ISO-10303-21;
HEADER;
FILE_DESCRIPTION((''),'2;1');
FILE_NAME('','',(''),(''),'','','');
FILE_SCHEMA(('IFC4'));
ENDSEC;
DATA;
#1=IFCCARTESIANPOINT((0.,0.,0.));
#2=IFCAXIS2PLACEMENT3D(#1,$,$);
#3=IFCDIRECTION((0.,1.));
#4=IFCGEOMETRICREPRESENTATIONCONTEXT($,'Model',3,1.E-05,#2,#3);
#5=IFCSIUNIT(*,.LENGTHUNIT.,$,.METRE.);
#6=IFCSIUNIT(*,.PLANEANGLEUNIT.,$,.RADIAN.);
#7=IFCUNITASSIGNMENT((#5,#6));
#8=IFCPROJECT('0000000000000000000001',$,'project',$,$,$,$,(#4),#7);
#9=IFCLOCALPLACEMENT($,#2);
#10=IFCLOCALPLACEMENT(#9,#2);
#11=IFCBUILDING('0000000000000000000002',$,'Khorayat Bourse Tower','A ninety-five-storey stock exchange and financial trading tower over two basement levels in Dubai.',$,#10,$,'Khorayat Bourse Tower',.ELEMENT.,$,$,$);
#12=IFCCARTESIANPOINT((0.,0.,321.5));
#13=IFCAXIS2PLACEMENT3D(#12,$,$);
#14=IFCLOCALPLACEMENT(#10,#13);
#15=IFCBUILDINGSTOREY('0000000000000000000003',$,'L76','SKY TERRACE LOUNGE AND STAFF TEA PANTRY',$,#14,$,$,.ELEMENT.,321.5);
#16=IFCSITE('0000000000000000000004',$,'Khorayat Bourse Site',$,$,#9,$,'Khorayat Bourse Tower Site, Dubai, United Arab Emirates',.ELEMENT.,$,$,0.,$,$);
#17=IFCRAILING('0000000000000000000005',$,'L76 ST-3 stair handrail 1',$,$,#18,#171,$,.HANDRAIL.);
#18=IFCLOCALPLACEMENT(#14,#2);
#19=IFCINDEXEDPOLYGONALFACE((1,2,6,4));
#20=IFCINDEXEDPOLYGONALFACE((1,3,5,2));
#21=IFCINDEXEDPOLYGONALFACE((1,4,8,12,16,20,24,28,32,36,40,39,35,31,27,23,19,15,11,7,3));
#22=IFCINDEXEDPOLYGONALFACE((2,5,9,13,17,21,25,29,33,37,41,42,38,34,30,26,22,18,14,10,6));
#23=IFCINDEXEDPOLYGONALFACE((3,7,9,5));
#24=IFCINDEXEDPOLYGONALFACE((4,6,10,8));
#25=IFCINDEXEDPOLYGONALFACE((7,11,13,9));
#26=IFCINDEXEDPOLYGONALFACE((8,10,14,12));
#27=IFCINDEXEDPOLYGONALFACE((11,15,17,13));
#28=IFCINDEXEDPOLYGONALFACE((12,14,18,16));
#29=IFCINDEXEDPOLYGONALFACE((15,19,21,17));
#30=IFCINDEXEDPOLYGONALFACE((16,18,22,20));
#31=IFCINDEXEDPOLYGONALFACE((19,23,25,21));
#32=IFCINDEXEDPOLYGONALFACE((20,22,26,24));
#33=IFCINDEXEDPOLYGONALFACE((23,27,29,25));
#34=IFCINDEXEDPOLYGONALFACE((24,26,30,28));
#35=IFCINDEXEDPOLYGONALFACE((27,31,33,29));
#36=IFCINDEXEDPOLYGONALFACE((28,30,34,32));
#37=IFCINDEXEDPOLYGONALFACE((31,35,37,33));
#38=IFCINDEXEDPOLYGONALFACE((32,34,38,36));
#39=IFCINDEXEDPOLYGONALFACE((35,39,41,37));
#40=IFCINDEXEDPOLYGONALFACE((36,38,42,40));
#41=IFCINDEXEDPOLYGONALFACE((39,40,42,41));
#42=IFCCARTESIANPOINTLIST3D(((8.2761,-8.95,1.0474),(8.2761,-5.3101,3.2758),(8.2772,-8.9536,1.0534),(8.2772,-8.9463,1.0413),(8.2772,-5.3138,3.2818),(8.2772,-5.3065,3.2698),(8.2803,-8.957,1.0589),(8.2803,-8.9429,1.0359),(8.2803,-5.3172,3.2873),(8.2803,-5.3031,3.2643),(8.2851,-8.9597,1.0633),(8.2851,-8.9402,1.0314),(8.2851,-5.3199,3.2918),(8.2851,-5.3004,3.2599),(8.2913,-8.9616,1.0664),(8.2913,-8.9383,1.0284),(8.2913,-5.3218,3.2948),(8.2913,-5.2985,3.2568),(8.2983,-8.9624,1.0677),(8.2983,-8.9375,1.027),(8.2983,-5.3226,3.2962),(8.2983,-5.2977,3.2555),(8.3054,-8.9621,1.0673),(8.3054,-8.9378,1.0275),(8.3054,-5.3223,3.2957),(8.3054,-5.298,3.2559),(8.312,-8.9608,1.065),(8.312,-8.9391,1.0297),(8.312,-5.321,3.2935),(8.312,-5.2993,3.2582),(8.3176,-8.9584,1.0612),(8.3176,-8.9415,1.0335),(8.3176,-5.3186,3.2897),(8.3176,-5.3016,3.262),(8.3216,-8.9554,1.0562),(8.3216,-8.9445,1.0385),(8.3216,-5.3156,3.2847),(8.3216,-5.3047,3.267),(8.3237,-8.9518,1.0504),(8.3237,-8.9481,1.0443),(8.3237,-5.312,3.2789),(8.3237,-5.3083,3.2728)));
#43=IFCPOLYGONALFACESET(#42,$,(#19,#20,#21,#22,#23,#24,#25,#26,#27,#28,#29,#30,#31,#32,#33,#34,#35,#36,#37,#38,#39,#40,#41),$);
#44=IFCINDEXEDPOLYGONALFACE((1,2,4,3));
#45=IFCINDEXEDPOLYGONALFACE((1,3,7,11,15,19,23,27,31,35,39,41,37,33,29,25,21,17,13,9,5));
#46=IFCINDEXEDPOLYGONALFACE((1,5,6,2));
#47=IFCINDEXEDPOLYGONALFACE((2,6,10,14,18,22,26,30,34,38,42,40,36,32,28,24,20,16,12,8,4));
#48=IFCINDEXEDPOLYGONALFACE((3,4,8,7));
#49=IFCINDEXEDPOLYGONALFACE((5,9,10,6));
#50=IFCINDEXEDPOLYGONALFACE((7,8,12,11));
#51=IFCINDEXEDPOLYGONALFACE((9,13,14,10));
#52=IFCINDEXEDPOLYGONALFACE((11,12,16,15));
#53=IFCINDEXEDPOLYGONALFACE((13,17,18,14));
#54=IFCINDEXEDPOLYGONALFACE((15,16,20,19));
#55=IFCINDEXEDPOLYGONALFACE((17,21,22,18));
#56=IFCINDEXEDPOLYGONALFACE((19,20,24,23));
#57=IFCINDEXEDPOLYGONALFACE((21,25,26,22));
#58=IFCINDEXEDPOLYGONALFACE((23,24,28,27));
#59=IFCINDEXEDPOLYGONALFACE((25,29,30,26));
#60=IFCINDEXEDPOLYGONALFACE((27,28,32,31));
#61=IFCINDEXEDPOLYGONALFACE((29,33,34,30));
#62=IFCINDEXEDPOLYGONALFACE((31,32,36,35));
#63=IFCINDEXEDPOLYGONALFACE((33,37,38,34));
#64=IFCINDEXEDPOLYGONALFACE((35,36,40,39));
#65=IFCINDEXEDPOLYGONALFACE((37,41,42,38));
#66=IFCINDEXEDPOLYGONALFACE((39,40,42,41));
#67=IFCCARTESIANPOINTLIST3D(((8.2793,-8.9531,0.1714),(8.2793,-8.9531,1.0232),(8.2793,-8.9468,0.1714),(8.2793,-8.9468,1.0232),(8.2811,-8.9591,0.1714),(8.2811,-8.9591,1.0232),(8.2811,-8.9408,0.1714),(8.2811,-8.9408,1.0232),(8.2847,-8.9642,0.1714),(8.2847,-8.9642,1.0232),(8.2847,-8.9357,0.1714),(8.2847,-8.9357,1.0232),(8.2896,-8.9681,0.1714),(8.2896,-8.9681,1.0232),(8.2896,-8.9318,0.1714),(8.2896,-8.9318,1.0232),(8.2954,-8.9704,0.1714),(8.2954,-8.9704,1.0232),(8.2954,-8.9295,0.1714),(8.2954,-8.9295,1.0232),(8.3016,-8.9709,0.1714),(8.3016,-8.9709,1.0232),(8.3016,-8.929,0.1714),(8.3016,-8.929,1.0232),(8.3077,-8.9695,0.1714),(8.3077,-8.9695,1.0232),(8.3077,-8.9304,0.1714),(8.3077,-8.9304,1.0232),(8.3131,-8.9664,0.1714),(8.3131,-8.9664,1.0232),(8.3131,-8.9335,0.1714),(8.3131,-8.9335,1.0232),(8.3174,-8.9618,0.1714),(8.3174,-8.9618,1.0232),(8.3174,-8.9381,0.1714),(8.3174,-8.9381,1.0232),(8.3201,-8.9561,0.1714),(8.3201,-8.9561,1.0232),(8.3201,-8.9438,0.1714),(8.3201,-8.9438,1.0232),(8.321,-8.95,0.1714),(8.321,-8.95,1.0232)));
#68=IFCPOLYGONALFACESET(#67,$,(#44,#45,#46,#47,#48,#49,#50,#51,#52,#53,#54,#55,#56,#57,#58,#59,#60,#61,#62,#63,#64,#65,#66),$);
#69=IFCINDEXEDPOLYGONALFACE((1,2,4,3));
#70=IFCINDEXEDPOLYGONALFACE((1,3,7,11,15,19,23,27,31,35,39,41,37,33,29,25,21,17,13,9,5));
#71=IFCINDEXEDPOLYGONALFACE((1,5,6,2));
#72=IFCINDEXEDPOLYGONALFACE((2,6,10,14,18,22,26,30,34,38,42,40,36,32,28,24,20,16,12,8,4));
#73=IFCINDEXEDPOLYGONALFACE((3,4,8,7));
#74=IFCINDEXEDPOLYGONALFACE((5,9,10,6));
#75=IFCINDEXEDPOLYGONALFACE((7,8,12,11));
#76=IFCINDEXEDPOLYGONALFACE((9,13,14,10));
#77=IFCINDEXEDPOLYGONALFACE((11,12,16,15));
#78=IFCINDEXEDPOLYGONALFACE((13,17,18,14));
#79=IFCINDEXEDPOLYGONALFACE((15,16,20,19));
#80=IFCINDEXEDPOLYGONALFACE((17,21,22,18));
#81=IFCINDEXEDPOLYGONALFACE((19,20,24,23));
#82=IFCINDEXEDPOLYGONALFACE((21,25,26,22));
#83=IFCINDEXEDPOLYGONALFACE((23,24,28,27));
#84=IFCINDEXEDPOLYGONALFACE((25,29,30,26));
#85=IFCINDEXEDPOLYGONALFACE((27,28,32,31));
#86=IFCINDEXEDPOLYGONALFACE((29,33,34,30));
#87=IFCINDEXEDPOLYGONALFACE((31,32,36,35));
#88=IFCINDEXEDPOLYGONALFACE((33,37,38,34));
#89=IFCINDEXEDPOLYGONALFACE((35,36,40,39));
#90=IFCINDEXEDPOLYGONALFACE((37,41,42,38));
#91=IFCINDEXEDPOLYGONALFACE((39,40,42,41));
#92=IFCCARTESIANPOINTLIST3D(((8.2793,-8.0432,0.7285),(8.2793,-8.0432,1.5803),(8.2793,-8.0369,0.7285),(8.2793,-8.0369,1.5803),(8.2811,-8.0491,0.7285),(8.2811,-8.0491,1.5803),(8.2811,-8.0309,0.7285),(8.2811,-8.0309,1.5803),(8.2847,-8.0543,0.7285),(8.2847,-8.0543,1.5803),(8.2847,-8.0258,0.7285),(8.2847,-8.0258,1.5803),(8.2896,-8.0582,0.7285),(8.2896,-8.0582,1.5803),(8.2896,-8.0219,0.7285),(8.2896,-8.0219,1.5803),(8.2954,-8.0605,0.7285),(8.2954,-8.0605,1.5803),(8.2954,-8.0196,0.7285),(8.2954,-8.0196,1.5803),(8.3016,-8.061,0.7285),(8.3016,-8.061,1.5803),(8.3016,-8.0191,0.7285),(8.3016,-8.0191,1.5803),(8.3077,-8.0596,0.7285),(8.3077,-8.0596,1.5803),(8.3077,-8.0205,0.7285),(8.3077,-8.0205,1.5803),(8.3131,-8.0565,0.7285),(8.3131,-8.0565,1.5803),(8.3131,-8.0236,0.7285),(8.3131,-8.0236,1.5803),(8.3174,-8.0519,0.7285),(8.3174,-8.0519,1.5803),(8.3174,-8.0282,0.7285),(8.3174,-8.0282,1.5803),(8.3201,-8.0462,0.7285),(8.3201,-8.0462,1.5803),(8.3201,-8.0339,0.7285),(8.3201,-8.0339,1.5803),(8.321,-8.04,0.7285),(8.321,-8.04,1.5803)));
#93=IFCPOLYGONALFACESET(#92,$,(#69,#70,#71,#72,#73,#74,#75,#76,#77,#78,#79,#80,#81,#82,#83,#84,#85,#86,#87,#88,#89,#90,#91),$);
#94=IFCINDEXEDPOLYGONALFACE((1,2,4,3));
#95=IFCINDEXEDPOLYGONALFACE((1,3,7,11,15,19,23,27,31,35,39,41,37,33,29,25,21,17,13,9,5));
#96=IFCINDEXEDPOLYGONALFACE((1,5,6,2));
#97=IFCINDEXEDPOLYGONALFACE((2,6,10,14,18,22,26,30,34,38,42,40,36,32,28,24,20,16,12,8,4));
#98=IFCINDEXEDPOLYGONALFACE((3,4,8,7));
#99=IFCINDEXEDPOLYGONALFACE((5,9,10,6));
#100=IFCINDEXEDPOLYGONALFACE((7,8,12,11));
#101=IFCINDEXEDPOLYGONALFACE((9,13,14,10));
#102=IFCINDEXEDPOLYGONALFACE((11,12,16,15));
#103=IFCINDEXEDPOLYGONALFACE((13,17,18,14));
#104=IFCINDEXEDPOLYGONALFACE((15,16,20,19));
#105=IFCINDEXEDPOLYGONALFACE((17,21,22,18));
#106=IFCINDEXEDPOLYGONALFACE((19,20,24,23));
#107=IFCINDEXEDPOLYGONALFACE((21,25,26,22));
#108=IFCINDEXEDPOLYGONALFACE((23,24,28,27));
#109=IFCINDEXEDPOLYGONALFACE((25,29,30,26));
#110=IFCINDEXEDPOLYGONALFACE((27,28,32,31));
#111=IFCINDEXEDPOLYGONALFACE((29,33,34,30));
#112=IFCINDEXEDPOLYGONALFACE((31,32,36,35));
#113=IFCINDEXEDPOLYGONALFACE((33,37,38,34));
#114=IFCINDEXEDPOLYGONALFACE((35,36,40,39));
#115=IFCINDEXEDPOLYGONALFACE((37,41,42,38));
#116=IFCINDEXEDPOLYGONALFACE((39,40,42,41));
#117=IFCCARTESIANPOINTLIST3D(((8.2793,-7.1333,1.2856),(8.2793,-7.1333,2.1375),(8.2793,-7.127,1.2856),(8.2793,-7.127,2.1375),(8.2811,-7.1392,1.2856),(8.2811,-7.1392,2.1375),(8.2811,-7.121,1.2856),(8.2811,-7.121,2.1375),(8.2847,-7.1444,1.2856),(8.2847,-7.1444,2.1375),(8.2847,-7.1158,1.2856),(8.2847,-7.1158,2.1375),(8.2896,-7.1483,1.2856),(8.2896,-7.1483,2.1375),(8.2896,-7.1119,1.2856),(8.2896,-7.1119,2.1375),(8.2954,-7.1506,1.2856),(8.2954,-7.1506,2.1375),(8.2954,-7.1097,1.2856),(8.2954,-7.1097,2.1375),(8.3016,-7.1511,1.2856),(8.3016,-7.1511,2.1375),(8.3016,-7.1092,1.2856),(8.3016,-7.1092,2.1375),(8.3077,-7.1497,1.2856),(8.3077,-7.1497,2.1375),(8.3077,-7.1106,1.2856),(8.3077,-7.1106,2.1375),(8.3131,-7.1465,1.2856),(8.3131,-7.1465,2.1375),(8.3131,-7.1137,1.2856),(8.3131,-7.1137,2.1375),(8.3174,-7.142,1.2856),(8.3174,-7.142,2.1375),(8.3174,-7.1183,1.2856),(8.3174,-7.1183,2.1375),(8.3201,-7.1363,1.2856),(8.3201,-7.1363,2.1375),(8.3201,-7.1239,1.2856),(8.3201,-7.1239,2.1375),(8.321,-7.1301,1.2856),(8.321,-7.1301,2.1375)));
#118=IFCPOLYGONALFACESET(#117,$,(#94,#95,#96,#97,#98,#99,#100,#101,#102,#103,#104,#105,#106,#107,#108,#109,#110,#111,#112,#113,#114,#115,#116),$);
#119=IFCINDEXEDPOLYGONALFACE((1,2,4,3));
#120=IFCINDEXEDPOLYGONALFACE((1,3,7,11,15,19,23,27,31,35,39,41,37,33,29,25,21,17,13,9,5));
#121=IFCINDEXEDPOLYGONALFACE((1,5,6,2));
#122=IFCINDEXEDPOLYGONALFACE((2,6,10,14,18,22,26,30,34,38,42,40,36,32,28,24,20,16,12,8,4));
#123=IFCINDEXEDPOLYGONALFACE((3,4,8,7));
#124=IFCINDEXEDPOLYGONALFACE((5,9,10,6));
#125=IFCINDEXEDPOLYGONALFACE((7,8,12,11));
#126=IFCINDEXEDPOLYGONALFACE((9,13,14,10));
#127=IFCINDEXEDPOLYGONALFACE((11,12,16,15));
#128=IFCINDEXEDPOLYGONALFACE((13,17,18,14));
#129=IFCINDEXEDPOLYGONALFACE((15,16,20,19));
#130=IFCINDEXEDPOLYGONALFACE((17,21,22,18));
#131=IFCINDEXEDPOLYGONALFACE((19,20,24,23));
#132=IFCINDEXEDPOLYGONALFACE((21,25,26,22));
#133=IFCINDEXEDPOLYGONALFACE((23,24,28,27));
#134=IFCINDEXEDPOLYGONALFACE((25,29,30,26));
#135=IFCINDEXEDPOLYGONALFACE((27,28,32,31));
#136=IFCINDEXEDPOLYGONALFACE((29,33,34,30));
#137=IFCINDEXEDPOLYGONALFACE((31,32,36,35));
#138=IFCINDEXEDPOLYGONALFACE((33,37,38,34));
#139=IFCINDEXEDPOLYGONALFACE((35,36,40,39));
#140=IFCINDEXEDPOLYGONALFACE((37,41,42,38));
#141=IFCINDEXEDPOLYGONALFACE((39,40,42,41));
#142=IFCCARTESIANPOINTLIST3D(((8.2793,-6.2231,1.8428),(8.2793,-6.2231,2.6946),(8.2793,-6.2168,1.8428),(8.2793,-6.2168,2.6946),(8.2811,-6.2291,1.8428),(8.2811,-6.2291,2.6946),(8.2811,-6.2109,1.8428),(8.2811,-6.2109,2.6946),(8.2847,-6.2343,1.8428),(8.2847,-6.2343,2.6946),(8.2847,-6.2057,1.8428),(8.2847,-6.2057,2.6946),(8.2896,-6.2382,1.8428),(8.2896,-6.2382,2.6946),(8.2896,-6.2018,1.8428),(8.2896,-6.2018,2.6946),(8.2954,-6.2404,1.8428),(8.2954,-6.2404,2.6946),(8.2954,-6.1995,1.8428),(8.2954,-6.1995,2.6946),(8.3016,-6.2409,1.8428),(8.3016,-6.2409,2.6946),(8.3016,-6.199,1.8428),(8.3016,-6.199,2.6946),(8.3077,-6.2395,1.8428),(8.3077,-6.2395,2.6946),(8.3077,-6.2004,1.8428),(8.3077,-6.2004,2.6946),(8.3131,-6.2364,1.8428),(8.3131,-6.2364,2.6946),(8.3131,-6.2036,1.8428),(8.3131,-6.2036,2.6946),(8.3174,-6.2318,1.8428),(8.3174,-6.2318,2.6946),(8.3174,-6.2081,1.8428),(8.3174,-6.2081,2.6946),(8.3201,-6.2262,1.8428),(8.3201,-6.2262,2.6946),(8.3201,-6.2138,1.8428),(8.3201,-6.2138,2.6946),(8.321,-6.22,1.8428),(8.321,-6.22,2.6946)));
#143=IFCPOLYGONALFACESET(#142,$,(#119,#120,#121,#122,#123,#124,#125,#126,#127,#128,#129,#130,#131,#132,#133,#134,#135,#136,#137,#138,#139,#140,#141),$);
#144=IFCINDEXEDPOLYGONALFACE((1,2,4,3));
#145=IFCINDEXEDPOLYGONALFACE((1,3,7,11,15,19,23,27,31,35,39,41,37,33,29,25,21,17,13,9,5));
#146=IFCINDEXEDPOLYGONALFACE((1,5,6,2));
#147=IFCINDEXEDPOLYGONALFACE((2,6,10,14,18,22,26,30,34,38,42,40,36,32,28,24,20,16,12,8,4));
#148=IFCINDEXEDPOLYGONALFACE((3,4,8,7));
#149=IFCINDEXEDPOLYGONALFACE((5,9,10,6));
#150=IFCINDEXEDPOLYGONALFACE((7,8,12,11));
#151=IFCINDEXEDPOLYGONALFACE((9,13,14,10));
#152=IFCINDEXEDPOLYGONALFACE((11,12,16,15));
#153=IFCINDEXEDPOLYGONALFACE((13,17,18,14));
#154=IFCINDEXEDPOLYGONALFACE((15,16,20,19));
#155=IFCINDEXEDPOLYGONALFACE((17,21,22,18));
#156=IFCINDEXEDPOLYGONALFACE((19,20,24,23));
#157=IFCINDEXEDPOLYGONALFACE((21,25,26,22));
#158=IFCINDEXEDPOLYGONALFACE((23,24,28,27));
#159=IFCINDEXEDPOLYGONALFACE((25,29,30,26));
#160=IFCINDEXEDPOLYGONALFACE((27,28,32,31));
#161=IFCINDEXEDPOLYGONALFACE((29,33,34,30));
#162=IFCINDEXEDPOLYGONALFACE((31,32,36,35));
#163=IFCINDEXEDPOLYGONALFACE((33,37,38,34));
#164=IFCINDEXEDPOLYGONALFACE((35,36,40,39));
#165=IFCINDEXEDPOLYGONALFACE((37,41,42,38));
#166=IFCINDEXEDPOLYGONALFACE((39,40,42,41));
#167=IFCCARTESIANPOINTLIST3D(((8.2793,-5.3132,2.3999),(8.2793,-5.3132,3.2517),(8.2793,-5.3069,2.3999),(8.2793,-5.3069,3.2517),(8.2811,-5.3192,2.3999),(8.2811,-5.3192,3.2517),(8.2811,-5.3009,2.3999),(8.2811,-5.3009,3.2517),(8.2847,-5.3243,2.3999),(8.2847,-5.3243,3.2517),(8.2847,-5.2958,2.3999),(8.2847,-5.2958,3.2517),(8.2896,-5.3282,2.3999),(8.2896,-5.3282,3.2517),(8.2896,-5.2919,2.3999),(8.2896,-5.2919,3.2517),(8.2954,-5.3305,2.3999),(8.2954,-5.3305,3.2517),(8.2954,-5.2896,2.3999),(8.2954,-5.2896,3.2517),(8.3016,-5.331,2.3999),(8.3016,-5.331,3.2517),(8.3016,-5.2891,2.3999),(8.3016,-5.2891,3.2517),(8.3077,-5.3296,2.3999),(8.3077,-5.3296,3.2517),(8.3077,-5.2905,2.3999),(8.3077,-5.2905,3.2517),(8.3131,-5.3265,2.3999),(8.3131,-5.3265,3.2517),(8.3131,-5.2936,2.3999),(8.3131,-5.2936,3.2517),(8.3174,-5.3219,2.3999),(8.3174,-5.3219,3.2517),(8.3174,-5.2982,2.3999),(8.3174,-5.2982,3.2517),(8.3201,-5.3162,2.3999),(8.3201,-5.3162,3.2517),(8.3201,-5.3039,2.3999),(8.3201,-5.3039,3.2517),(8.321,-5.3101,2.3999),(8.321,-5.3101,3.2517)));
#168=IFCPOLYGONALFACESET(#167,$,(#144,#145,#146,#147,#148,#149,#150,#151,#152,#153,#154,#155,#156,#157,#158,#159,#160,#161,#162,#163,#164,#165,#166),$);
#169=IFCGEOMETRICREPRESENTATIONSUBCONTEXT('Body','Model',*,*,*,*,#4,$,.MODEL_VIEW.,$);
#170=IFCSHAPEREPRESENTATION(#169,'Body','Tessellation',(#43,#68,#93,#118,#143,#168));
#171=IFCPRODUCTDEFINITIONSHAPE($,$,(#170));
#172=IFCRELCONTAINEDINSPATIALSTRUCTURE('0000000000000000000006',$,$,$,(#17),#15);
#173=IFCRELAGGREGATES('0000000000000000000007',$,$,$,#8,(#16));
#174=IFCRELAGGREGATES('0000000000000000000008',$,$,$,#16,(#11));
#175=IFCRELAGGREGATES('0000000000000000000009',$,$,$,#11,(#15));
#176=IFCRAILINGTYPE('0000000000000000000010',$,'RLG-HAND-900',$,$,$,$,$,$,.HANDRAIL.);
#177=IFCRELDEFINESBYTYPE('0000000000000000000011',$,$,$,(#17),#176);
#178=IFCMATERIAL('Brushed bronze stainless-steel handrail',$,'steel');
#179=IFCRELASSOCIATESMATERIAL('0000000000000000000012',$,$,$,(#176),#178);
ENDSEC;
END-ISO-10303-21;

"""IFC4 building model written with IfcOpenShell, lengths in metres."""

from ifc_helpers import new_model, si_unit, direction, frame, origin, origin_2d, place, context, subcontext, project, spatial, circle, extrude, source, transform, mapped, material, type_object, element, save


model = new_model("IFC4")

# Units and contexts
model_context = context("Model", 3, precision=1e-05, world=origin(), true_north=direction((0.0, 1.0)))
body_context = subcontext(model_context, "Body", "Model", "MODEL_VIEW")
ifc_project = project(units=[si_unit("LENGTHUNIT", "METRE"), si_unit("PLANEANGLEUNIT", "RADIAN")], contexts=[model_context])

# Site, building, storey
site_placement = place(None, origin())
site = spatial("IfcSite", under=ifc_project, at=site_placement, Name="Khorayat Bourse Site", LongName="Khorayat Bourse Tower Site, Dubai, United Arab Emirates", CompositionType="ELEMENT", RefElevation=0.0)
building_placement = place(site_placement, origin())
building = spatial("IfcBuilding", under=site, at=building_placement, Name="Khorayat Bourse Tower", Description="A ninety-five-storey stock exchange and financial trading tower over two basement levels in Dubai.", LongName="Khorayat Bourse Tower", CompositionType="ELEMENT")
storey_placement = place(building_placement, frame((0.0, 0.0, 321.5)))
storey = spatial("IfcBuildingStorey", under=building, at=storey_placement, Name="L76", Description="SKY TERRACE LOUNGE AND STAFF TEA PANTRY", CompositionType="ELEMENT", Elevation=321.5)

# Railing
ifc_material_1 = material(Name="Brushed bronze stainless-steel handrail", Category="steel")
railing_type_1 = type_object("IfcRailingType", Name="RLG-HAND-900", PredefinedType="HANDRAIL", material=ifc_material_1)
shared_shape_1 = source(origin(), body_context, "Body", "SweptSolid", [
    extrude(circle(Radius=0.0239, at=origin_2d()), frame((0.0, 0.0, 0.876), z_axis=(0.0, 0.85285, 0.522156), x_axis=(-1.0, 0.0, 0.0)), (0.0, 0.0, 1.0), 4.2678),
    extrude(circle(Radius=0.021, at=origin_2d()), origin(), (0.0, 0.0, 1.0), 0.8518),
    extrude(circle(Radius=0.021, at=origin_2d()), frame((0.0, 0.9099, 0.5571)), (0.0, 0.0, 1.0), 0.8518),
    extrude(circle(Radius=0.021, at=origin_2d()), frame((0.0, 1.8198, 1.1143)), (0.0, 0.0, 1.0), 0.8518),
    extrude(circle(Radius=0.021, at=origin_2d()), frame((0.0, 2.73, 1.6714)), (0.0, 0.0, 1.0), 0.8518),
    extrude(circle(Radius=0.021, at=origin_2d()), frame((0.0, 3.6399, 2.2285)), (0.0, 0.0, 1.0), 0.8518),
])
railing_1_placement = place(storey_placement, frame((8.3, -8.95, 0.1714)))
element("IfcRailing", 1, at=railing_1_placement, inside=storey, type_object=railing_type_1, Name="L76 ST-3 stair handrail 1", PredefinedType="HANDRAIL", context=body_context, shape_type="MappedRepresentation", body=[
    mapped(shared_shape_1, transform((0.0, 0.0, 0.0), scale=1.0)),
])

save(model, "model.ifc")
